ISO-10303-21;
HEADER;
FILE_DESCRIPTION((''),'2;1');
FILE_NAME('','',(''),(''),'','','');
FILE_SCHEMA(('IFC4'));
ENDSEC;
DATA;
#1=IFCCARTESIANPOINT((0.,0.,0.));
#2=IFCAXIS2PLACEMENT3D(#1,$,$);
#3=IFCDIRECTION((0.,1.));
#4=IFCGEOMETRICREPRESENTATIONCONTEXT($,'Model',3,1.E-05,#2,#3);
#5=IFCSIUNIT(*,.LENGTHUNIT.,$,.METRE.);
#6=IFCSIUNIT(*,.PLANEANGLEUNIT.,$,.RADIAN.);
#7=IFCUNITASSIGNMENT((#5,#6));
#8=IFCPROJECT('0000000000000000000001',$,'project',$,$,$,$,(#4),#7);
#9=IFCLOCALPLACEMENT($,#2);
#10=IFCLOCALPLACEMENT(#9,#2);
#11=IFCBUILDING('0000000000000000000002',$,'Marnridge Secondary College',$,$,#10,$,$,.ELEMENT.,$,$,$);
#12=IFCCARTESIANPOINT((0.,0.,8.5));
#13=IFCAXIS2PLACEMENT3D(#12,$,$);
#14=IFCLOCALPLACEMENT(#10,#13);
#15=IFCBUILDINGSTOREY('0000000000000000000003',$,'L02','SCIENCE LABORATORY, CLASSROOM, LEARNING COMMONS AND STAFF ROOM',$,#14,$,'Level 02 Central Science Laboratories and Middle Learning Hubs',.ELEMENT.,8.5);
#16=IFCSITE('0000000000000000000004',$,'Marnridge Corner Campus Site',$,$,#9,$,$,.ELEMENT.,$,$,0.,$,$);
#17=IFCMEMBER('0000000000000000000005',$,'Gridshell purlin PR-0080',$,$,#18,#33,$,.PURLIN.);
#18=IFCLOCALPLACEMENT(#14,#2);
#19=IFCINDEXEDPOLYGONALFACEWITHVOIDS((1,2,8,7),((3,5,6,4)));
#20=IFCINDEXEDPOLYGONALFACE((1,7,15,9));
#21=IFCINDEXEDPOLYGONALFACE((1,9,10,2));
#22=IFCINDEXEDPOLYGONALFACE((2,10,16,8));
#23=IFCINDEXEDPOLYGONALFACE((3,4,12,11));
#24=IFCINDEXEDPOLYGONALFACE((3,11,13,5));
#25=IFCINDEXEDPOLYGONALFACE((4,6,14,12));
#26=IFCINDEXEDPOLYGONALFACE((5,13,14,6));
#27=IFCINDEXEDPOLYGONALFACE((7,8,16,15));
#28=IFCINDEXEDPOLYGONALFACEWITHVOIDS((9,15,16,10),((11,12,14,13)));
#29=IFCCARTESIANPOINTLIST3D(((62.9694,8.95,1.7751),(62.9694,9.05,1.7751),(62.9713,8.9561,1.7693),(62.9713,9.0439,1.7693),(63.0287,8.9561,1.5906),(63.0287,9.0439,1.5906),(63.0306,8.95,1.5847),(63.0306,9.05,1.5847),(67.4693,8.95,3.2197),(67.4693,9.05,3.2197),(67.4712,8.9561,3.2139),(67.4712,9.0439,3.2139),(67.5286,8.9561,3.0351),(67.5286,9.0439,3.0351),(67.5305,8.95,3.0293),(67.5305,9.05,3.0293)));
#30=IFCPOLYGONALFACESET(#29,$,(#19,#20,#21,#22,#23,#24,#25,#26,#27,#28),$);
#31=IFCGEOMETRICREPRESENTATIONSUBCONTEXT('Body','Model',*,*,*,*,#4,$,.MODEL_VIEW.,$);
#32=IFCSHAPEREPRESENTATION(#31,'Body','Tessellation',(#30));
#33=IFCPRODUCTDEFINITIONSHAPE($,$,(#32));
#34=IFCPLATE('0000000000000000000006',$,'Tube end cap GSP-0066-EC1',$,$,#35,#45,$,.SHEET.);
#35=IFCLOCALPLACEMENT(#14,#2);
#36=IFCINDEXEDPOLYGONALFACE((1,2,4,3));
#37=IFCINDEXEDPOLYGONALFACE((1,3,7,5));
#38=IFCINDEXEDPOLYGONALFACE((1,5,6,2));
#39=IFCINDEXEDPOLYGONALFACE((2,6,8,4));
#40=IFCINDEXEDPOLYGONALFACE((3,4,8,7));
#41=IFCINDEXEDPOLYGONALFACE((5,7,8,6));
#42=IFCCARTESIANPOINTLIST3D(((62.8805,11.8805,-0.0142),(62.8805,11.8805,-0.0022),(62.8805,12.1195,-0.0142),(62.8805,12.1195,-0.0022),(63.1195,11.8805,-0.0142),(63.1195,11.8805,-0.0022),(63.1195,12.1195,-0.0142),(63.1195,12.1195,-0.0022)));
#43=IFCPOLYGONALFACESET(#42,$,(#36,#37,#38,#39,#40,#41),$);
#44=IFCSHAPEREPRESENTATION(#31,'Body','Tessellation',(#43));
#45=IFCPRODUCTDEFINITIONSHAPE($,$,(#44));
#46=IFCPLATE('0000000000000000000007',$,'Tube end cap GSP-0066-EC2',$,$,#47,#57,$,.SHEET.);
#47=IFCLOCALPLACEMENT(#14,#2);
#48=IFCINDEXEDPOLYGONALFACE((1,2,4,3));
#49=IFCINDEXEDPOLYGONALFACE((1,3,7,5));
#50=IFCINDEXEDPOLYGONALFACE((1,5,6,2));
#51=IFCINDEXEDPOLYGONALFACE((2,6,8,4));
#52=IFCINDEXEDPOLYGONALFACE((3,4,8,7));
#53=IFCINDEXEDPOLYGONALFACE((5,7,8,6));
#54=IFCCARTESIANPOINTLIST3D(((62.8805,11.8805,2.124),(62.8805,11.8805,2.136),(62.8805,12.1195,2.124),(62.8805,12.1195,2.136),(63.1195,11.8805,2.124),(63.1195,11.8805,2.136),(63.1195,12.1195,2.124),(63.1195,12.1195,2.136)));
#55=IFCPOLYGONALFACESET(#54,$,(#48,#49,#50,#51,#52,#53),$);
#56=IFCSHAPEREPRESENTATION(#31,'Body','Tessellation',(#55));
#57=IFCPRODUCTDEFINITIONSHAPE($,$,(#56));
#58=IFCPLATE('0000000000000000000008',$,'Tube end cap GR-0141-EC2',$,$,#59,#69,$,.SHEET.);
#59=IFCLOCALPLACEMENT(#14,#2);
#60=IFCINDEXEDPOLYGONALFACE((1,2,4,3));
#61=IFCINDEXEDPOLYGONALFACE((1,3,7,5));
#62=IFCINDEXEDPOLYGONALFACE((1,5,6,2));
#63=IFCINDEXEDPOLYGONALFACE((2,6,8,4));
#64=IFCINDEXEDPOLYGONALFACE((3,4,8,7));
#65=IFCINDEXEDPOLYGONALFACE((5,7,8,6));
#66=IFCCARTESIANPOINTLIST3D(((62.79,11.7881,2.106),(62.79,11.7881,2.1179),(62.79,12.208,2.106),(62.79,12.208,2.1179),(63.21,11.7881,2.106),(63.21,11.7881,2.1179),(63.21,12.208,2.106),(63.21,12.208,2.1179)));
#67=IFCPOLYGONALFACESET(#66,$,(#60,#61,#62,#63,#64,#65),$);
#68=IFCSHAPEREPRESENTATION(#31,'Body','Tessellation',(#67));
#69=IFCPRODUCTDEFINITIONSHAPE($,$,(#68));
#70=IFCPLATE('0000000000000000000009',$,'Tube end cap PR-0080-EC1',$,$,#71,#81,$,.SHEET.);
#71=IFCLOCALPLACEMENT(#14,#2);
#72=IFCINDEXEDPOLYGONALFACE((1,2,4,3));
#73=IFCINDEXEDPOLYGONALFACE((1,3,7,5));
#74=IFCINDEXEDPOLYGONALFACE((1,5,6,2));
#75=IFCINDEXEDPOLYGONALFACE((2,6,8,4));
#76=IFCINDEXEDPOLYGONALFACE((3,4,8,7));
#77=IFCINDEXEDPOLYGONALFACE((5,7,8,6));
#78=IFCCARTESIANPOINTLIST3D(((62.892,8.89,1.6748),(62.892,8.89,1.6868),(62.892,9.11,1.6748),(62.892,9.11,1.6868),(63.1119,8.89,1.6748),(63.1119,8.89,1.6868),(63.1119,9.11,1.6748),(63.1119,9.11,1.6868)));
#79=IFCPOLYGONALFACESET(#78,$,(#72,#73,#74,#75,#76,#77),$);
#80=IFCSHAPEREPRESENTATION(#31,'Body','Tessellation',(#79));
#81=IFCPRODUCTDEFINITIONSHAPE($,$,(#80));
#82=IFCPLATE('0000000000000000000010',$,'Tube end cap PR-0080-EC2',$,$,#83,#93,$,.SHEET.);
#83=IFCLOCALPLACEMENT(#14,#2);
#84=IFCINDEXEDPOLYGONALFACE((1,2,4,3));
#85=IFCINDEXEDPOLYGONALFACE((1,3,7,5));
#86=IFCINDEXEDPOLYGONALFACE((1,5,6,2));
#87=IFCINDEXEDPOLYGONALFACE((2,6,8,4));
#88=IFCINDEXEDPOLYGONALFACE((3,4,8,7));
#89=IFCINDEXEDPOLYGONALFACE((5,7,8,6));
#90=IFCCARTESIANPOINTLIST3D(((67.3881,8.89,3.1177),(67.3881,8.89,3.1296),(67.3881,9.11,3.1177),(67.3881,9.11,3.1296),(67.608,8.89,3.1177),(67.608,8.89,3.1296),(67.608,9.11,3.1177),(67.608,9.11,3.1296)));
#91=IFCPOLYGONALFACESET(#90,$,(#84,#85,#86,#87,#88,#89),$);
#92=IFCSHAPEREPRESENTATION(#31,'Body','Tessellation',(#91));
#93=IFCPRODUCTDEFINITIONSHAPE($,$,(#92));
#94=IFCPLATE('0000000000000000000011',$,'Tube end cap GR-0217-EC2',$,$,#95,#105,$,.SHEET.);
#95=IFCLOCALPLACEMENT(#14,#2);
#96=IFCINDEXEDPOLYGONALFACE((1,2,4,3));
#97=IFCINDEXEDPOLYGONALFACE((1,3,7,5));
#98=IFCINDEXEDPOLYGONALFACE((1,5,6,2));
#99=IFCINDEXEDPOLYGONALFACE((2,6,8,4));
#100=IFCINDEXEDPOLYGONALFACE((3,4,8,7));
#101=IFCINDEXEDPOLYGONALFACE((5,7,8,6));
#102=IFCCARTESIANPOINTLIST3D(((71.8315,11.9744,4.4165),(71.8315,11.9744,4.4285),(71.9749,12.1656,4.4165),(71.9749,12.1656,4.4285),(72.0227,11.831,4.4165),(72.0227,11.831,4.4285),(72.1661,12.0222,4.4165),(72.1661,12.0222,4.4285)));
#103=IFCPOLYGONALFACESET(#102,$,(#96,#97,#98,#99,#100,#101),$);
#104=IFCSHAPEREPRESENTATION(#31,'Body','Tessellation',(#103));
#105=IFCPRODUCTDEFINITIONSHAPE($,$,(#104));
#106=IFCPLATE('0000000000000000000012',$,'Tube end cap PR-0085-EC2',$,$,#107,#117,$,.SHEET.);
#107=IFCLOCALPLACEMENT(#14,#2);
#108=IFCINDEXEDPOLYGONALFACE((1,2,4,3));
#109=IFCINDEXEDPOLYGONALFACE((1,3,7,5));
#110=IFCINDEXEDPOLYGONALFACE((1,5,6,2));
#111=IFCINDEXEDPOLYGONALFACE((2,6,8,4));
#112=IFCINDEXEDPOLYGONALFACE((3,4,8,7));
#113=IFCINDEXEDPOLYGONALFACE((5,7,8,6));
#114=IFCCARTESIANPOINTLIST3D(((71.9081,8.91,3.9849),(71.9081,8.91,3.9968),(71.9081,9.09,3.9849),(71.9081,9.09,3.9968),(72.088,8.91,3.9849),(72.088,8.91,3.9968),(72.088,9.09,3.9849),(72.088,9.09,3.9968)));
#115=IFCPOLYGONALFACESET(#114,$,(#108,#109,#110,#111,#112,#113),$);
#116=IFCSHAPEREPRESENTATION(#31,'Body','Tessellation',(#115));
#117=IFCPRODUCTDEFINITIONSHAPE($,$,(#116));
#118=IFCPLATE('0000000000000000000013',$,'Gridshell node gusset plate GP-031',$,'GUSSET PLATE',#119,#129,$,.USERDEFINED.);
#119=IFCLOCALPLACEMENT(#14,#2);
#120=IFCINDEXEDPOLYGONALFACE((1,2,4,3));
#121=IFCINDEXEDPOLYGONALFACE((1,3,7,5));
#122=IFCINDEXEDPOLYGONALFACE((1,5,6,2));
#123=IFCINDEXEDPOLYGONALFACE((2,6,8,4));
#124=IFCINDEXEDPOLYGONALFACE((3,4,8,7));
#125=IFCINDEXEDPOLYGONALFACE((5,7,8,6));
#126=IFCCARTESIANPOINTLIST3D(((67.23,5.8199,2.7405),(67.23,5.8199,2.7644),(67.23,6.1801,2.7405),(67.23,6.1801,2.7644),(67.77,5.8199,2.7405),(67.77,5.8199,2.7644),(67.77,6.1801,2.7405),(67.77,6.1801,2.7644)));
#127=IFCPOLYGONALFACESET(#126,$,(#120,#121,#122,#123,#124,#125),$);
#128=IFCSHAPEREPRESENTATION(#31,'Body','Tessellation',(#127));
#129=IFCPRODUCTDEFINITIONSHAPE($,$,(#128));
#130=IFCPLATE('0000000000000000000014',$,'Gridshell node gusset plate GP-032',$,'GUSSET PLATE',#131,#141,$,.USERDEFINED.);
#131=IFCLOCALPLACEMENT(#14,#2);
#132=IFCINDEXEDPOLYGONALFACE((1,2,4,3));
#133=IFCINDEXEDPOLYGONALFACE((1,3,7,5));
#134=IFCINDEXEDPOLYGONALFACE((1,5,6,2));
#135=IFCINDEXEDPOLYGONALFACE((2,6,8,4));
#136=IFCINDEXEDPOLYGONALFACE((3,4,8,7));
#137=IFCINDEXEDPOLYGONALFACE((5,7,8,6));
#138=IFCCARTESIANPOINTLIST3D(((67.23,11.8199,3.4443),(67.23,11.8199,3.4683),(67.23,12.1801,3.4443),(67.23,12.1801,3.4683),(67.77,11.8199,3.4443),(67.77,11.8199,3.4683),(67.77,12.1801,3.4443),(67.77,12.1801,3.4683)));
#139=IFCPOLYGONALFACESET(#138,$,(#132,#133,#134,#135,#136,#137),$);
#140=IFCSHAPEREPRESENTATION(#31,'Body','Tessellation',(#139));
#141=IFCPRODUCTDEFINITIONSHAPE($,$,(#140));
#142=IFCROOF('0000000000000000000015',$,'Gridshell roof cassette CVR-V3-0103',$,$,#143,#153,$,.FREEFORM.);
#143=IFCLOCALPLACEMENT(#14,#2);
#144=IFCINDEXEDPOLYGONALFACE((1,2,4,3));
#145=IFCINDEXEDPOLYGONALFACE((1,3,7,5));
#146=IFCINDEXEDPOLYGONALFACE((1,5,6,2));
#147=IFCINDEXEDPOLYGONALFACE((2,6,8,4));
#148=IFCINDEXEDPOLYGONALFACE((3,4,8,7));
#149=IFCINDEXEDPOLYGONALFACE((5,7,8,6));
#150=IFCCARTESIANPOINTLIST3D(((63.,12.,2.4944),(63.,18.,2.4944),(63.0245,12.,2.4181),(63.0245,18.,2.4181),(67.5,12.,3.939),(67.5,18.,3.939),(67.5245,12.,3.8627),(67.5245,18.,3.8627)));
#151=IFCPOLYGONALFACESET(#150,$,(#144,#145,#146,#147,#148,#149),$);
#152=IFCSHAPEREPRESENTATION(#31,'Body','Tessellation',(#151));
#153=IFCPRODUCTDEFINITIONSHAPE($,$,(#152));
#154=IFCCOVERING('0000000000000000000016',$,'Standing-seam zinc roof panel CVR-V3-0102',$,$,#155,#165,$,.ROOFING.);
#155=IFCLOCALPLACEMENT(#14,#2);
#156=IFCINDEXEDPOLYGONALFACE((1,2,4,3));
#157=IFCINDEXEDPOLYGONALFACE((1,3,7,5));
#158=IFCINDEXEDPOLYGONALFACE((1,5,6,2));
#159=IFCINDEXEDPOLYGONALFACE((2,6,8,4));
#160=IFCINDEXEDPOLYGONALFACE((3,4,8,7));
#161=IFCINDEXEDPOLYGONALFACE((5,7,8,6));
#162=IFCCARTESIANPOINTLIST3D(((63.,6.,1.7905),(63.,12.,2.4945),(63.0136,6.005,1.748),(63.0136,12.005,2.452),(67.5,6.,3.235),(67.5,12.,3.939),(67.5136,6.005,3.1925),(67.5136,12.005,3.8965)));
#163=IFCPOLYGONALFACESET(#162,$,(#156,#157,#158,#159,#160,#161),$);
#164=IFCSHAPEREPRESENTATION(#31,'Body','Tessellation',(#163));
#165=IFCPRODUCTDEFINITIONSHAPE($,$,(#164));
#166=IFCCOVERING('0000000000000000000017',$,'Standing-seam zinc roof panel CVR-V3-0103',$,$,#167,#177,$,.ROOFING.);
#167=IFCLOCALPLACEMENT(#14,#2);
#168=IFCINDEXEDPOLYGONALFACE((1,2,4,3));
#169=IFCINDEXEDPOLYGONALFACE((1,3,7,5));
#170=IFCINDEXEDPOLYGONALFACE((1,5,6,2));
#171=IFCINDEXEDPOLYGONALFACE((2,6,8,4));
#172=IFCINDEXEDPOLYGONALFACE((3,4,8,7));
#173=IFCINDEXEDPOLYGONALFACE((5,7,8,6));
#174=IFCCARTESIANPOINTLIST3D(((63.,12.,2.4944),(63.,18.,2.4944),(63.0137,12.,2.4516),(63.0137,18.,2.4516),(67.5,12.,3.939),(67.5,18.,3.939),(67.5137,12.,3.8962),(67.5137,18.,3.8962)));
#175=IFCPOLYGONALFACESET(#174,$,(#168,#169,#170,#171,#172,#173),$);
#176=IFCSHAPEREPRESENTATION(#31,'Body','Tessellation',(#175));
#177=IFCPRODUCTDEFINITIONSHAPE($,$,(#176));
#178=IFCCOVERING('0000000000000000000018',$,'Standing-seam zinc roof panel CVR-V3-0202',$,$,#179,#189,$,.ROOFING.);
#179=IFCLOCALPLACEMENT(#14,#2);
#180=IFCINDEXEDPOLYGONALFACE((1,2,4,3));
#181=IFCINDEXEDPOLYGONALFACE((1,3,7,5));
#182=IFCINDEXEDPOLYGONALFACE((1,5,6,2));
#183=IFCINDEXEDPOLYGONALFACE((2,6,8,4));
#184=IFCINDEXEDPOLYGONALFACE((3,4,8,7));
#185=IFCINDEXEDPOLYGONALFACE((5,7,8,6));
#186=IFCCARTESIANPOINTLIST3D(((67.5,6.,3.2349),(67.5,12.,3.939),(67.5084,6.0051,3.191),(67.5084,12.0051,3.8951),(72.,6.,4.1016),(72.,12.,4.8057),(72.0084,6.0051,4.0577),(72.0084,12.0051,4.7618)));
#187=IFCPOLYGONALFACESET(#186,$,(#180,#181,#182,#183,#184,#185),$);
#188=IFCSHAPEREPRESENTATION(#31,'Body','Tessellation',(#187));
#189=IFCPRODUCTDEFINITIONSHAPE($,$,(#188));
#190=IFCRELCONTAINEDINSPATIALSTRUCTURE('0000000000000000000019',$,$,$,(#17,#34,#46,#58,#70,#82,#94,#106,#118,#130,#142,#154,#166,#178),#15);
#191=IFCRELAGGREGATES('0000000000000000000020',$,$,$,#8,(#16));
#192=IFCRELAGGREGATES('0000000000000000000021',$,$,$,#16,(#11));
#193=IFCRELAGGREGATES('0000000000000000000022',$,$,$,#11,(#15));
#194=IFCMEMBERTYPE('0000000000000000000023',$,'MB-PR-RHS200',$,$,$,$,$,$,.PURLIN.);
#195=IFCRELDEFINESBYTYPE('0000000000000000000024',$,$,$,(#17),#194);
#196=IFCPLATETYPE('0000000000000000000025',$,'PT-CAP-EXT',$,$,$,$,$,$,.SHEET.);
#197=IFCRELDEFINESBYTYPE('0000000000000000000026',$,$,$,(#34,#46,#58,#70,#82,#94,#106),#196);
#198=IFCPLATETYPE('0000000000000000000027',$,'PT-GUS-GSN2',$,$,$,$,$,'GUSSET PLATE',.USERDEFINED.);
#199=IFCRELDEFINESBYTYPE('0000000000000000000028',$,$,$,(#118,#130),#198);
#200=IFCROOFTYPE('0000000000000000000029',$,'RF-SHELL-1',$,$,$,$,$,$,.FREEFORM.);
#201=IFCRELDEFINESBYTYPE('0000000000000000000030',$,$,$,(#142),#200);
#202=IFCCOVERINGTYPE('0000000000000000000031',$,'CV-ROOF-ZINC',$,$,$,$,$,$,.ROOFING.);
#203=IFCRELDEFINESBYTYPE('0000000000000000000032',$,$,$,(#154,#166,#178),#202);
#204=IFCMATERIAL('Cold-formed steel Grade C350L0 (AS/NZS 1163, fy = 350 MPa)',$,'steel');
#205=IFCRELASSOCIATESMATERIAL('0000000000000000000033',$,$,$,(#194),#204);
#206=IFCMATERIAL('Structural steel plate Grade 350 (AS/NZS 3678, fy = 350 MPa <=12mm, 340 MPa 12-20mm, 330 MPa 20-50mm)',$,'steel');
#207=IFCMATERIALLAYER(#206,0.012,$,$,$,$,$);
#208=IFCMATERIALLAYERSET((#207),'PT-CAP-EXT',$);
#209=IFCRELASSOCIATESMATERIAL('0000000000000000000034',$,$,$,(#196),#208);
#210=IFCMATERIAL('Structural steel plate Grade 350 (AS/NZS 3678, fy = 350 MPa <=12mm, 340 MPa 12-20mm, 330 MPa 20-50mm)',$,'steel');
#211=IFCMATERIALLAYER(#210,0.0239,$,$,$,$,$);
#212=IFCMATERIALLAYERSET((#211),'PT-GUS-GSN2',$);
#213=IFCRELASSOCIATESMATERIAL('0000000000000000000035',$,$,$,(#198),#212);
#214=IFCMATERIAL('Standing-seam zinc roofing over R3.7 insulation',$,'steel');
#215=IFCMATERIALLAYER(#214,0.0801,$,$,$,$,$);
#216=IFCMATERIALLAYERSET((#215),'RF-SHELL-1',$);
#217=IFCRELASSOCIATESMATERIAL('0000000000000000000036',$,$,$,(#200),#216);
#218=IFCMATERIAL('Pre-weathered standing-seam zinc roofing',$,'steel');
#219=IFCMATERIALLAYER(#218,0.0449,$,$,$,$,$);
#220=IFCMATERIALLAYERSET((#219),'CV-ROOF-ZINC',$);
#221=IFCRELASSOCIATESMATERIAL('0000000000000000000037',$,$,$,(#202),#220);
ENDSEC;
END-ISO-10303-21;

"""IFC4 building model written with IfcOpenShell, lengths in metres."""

from ifc_helpers import new_model, si_unit, direction, frame, origin, origin_2d, place, context, subcontext, project, spatial, polyline, rectangle, hollow_rectangle, outline, extrude, material, layer, layer_set, material_profile, profile_set, type_object, element, save


model = new_model("IFC4")

# Units and contexts
model_context = context("Model", 3, precision=1e-05, world=origin(), true_north=direction((0.0, 1.0)))
body_context = subcontext(model_context, "Body", "Model", "MODEL_VIEW")
ifc_project = project(units=[si_unit("LENGTHUNIT", "METRE"), si_unit("PLANEANGLEUNIT", "RADIAN")], contexts=[model_context])

# Site, building, storey
site_placement = place(None, origin())
site = spatial("IfcSite", under=ifc_project, at=site_placement, Name="Marnridge Corner Campus Site", CompositionType="ELEMENT", RefElevation=0.0)
building_placement = place(site_placement, origin())
building = spatial("IfcBuilding", under=site, at=building_placement, Name="Marnridge Secondary College", CompositionType="ELEMENT")
storey_placement = place(building_placement, frame((0.0, 0.0, 8.5)))
storey = spatial("IfcBuildingStorey", under=building, at=storey_placement, Name="L02", Description="SCIENCE LABORATORY, CLASSROOM, LEARNING COMMONS AND STAFF ROOM", LongName="Level 02 Central Science Laboratories and Middle Learning Hubs", CompositionType="ELEMENT", Elevation=8.5)

# Member
ifc_material_1 = material(Name="Cold-formed steel Grade C350L0 (AS/NZS 1163, fy = 350 MPa)", Category="steel")
ifc_material_profile_1 = material_profile(ifc_material_1, hollow_rectangle(XDim=0.1001, YDim=0.2, WallThickness=0.0061, at=origin_2d()), Name="200x100x6.0RHS")
ifc_profile_set_1 = profile_set([ifc_material_profile_1], Name="Cold-formed steel Grade C350L0 (AS/NZS 1163, fy = 350 MPa)")
member_type_1 = type_object("IfcMemberType", Name="MB-PR-RHS200", PredefinedType="PURLIN", material=ifc_profile_set_1)
member_1_placement = place(storey_placement, frame((63.0, 9.0, 1.6799), z_axis=(0.952142, 0.0, 0.305655), x_axis=(0.0, 1.0, 0.0)))
element("IfcMember", 1, at=member_1_placement, inside=storey, type_object=member_type_1, Name="Gridshell purlin PR-0080", PredefinedType="PURLIN", context=body_context, shape_type="SweptSolid", body=[
    extrude(hollow_rectangle(XDim=0.1001, YDim=0.2, WallThickness=0.0061, at=origin_2d()), origin(), (0.0, 0.0, 1.0), 4.7261),
])

# Plates
ifc_material_2 = material(Name="Structural steel plate Grade 350 (AS/NZS 3678, fy = 350 MPa <=12mm, 340 MPa 12-20mm, 330 MPa 20-50mm)", Category="steel")
ifc_layer_1 = layer(ifc_material_2, 0.012)
ifc_layer_set_1 = layer_set([ifc_layer_1], Name="PT-CAP-EXT")
plate_type_1 = type_object("IfcPlateType", Name="PT-CAP-EXT", PredefinedType="SHEET", material=ifc_layer_set_1)
for number, where, z_axis, x_axis, name in (
    (2, (63.0, 12.0, -0.0142), (0.0, 0.0, 1.0), (1.0, 0.0, 0.0), "Tube end cap GSP-0066-EC1"),
    (3, (63.0, 12.0, 2.124), (0.0, 0.0, 1.0), (1.0, 0.0, 0.0), "Tube end cap GSP-0066-EC2"),
):
    element("IfcPlate", number, at=place(storey_placement, frame(where, z_axis=z_axis, x_axis=x_axis)), inside=storey, type_object=plate_type_1, Name=name, PredefinedType="SHEET", context=body_context, shape_type="SweptSolid", body=[
        extrude(rectangle(XDim=0.239, YDim=0.239, at=origin_2d()), origin(), (0.0, 0.0, 1.0), 0.012),
    ])
plate_1_placement = place(storey_placement, frame((63.0, 11.998, 2.106), z_axis=(0.0, 0.0, 1.0), x_axis=(0.0, 1.0, 0.0)))
element("IfcPlate", 4, at=plate_1_placement, inside=storey, type_object=plate_type_1, Name="Tube end cap GR-0141-EC2", PredefinedType="SHEET", context=body_context, shape_type="SweptSolid", body=[
    extrude(rectangle(XDim=0.4199, YDim=0.4199, at=origin_2d()), origin(), (0.0, 0.0, 1.0), 0.012),
])
for number, where, z_axis, x_axis, name in (
    (5, (63.002, 9.0, 1.6748), (0.0, 0.0, 1.0), (1.0, 0.0, 0.0), "Tube end cap PR-0080-EC1"),
    (6, (67.498, 9.0, 3.1177), (0.0, 0.0, 1.0), (1.0, 0.0, 0.0), "Tube end cap PR-0080-EC2"),
):
    element("IfcPlate", number, at=place(storey_placement, frame(where, z_axis=z_axis, x_axis=x_axis)), inside=storey, type_object=plate_type_1, Name=name, PredefinedType="SHEET", context=body_context, shape_type="SweptSolid", body=[
        extrude(rectangle(XDim=0.22, YDim=0.22, at=origin_2d()), origin(), (0.0, 0.0, 1.0), 0.012),
    ])
plate_2_placement = place(storey_placement, frame((71.9988, 11.9983, 4.4165), z_axis=(0.0, 0.0, 1.0), x_axis=(0.600001, 0.799999, 0.0)))
element("IfcPlate", 7, at=plate_2_placement, inside=storey, type_object=plate_type_1, Name="Tube end cap GR-0217-EC2", PredefinedType="SHEET", context=body_context, shape_type="SweptSolid", body=[
    extrude(rectangle(XDim=0.239, YDim=0.239, at=origin_2d()), origin(), (0.0, 0.0, 1.0), 0.012),
])
plate_3_placement = place(storey_placement, frame((71.998, 9.0, 3.9849), z_axis=(0.0, 0.0, 1.0), x_axis=(1.0, 0.0, 0.0)))
element("IfcPlate", 8, at=plate_3_placement, inside=storey, type_object=plate_type_1, Name="Tube end cap PR-0085-EC2", PredefinedType="SHEET", context=body_context, shape_type="SweptSolid", body=[
    extrude(rectangle(XDim=0.1799, YDim=0.1799, at=origin_2d()), origin(), (0.0, 0.0, 1.0), 0.012),
])
ifc_material_3 = material(Name="Structural steel plate Grade 350 (AS/NZS 3678, fy = 350 MPa <=12mm, 340 MPa 12-20mm, 330 MPa 20-50mm)", Category="steel")
ifc_layer_2 = layer(ifc_material_3, 0.0239)
ifc_layer_set_2 = layer_set([ifc_layer_2], Name="PT-GUS-GSN2")
plate_type_2 = type_object("IfcPlateType", Name="PT-GUS-GSN2", ElementType="GUSSET PLATE", PredefinedType="USERDEFINED", material=ifc_layer_set_2)
for number, where, z_axis, x_axis, name in (
    (9, (67.5, 6.0, 2.7405), (0.0, 0.0, 1.0), (1.0, 0.0, 0.0), "Gridshell node gusset plate GP-031"),
    (10, (67.5, 12.0, 3.4443), (0.0, 0.0, 1.0), (1.0, 0.0, 0.0), "Gridshell node gusset plate GP-032"),
):
    element("IfcPlate", number, at=place(storey_placement, frame(where, z_axis=z_axis, x_axis=x_axis)), inside=storey, type_object=plate_type_2, Name=name, ObjectType="GUSSET PLATE", PredefinedType="USERDEFINED", context=body_context, shape_type="SweptSolid", body=[
        extrude(rectangle(XDim=0.54, YDim=0.3601, at=origin_2d()), origin(), (0.0, 0.0, 1.0), 0.0239),
    ])

# Roof
ifc_material_4 = material(Name="Standing-seam zinc roofing over R3.7 insulation", Category="steel")
ifc_layer_3 = layer(ifc_material_4, 0.0801)
ifc_layer_set_3 = layer_set([ifc_layer_3], Name="RF-SHELL-1")
roof_type = type_object("IfcRoofType", Name="RF-SHELL-1", PredefinedType="FREEFORM", material=ifc_layer_set_3)
roof_placement = place(storey_placement, frame((63.0, 12.0, 2.4944), z_axis=(-0.305655, 0.0, 0.952142), x_axis=(0.952142, 0.0, 0.305655)))
element("IfcRoof", 11, at=roof_placement, inside=storey, type_object=roof_type, Name="Gridshell roof cassette CVR-V3-0103", PredefinedType="FREEFORM", context=body_context, shape_type="SweptSolid", body=[
    extrude(outline(polyline([(0.0, 0.0), (4.7262, 0.0), (4.7262, 6.0), (0.0, 6.0), (0.0, 0.0)])), origin(), (0.0, 0.0, -1.0), 0.0801),
])

# Coverings
ifc_material_5 = material(Name="Pre-weathered standing-seam zinc roofing", Category="steel")
ifc_layer_4 = layer(ifc_material_5, 0.0449)
ifc_layer_set_4 = layer_set([ifc_layer_4], Name="CV-ROOF-ZINC")
covering_type = type_object("IfcCoveringType", Name="CV-ROOF-ZINC", PredefinedType="ROOFING", material=ifc_layer_set_4)
covering_1_placement = place(storey_placement, frame((63.0, 6.0, 1.7905), z_axis=(-0.303742, -0.111025, 0.946263), x_axis=(0.95215, -0.000003, 0.305631)))
element("IfcCovering", 12, at=covering_1_placement, inside=storey, type_object=covering_type, Name="Standing-seam zinc roof panel CVR-V3-0102", PredefinedType="ROOFING", context=body_context, shape_type="SweptSolid", body=[
    extrude(outline(polyline([(0.0, 0.0), (4.7261, 0.0), (4.9413, 6.0373), (0.2151, 6.0373), (0.0, 0.0)])), origin(), (0.0, 0.0, -1.0), 0.0449),
])
covering_2_placement = place(storey_placement, frame((63.0, 12.0, 2.4944), z_axis=(-0.305655, 0.0, 0.952142), x_axis=(0.952142, 0.0, 0.305655)))
element("IfcCovering", 13, at=covering_2_placement, inside=storey, type_object=covering_type, Name="Standing-seam zinc roof panel CVR-V3-0103", PredefinedType="ROOFING", context=body_context, shape_type="SweptSolid", body=[
    extrude(outline(polyline([(0.0, 0.0), (4.7262, 0.0), (4.7262, 6.0), (0.0, 6.0), (0.0, 0.0)])), origin(), (0.0, 0.0, -1.0), 0.0449),
])
covering_3_placement = place(storey_placement, frame((67.5, 6.0, 3.2349), z_axis=(-0.187881, -0.114475, 0.975498), x_axis=(0.981953, 0.0, 0.189124)))
element("IfcCovering", 14, at=covering_3_placement, inside=storey, type_object=covering_type, Name="Standing-seam zinc roof panel CVR-V3-0202", PredefinedType="ROOFING", context=body_context, shape_type="SweptSolid", body=[
    extrude(outline(polyline([(0.0, 0.0), (4.5827, 0.0), (4.7159, 6.0397), (0.1332, 6.0397), (0.0, 0.0)])), origin(), (0.0, 0.0, -1.0), 0.0449),
])

save(model, "model.ifc")
